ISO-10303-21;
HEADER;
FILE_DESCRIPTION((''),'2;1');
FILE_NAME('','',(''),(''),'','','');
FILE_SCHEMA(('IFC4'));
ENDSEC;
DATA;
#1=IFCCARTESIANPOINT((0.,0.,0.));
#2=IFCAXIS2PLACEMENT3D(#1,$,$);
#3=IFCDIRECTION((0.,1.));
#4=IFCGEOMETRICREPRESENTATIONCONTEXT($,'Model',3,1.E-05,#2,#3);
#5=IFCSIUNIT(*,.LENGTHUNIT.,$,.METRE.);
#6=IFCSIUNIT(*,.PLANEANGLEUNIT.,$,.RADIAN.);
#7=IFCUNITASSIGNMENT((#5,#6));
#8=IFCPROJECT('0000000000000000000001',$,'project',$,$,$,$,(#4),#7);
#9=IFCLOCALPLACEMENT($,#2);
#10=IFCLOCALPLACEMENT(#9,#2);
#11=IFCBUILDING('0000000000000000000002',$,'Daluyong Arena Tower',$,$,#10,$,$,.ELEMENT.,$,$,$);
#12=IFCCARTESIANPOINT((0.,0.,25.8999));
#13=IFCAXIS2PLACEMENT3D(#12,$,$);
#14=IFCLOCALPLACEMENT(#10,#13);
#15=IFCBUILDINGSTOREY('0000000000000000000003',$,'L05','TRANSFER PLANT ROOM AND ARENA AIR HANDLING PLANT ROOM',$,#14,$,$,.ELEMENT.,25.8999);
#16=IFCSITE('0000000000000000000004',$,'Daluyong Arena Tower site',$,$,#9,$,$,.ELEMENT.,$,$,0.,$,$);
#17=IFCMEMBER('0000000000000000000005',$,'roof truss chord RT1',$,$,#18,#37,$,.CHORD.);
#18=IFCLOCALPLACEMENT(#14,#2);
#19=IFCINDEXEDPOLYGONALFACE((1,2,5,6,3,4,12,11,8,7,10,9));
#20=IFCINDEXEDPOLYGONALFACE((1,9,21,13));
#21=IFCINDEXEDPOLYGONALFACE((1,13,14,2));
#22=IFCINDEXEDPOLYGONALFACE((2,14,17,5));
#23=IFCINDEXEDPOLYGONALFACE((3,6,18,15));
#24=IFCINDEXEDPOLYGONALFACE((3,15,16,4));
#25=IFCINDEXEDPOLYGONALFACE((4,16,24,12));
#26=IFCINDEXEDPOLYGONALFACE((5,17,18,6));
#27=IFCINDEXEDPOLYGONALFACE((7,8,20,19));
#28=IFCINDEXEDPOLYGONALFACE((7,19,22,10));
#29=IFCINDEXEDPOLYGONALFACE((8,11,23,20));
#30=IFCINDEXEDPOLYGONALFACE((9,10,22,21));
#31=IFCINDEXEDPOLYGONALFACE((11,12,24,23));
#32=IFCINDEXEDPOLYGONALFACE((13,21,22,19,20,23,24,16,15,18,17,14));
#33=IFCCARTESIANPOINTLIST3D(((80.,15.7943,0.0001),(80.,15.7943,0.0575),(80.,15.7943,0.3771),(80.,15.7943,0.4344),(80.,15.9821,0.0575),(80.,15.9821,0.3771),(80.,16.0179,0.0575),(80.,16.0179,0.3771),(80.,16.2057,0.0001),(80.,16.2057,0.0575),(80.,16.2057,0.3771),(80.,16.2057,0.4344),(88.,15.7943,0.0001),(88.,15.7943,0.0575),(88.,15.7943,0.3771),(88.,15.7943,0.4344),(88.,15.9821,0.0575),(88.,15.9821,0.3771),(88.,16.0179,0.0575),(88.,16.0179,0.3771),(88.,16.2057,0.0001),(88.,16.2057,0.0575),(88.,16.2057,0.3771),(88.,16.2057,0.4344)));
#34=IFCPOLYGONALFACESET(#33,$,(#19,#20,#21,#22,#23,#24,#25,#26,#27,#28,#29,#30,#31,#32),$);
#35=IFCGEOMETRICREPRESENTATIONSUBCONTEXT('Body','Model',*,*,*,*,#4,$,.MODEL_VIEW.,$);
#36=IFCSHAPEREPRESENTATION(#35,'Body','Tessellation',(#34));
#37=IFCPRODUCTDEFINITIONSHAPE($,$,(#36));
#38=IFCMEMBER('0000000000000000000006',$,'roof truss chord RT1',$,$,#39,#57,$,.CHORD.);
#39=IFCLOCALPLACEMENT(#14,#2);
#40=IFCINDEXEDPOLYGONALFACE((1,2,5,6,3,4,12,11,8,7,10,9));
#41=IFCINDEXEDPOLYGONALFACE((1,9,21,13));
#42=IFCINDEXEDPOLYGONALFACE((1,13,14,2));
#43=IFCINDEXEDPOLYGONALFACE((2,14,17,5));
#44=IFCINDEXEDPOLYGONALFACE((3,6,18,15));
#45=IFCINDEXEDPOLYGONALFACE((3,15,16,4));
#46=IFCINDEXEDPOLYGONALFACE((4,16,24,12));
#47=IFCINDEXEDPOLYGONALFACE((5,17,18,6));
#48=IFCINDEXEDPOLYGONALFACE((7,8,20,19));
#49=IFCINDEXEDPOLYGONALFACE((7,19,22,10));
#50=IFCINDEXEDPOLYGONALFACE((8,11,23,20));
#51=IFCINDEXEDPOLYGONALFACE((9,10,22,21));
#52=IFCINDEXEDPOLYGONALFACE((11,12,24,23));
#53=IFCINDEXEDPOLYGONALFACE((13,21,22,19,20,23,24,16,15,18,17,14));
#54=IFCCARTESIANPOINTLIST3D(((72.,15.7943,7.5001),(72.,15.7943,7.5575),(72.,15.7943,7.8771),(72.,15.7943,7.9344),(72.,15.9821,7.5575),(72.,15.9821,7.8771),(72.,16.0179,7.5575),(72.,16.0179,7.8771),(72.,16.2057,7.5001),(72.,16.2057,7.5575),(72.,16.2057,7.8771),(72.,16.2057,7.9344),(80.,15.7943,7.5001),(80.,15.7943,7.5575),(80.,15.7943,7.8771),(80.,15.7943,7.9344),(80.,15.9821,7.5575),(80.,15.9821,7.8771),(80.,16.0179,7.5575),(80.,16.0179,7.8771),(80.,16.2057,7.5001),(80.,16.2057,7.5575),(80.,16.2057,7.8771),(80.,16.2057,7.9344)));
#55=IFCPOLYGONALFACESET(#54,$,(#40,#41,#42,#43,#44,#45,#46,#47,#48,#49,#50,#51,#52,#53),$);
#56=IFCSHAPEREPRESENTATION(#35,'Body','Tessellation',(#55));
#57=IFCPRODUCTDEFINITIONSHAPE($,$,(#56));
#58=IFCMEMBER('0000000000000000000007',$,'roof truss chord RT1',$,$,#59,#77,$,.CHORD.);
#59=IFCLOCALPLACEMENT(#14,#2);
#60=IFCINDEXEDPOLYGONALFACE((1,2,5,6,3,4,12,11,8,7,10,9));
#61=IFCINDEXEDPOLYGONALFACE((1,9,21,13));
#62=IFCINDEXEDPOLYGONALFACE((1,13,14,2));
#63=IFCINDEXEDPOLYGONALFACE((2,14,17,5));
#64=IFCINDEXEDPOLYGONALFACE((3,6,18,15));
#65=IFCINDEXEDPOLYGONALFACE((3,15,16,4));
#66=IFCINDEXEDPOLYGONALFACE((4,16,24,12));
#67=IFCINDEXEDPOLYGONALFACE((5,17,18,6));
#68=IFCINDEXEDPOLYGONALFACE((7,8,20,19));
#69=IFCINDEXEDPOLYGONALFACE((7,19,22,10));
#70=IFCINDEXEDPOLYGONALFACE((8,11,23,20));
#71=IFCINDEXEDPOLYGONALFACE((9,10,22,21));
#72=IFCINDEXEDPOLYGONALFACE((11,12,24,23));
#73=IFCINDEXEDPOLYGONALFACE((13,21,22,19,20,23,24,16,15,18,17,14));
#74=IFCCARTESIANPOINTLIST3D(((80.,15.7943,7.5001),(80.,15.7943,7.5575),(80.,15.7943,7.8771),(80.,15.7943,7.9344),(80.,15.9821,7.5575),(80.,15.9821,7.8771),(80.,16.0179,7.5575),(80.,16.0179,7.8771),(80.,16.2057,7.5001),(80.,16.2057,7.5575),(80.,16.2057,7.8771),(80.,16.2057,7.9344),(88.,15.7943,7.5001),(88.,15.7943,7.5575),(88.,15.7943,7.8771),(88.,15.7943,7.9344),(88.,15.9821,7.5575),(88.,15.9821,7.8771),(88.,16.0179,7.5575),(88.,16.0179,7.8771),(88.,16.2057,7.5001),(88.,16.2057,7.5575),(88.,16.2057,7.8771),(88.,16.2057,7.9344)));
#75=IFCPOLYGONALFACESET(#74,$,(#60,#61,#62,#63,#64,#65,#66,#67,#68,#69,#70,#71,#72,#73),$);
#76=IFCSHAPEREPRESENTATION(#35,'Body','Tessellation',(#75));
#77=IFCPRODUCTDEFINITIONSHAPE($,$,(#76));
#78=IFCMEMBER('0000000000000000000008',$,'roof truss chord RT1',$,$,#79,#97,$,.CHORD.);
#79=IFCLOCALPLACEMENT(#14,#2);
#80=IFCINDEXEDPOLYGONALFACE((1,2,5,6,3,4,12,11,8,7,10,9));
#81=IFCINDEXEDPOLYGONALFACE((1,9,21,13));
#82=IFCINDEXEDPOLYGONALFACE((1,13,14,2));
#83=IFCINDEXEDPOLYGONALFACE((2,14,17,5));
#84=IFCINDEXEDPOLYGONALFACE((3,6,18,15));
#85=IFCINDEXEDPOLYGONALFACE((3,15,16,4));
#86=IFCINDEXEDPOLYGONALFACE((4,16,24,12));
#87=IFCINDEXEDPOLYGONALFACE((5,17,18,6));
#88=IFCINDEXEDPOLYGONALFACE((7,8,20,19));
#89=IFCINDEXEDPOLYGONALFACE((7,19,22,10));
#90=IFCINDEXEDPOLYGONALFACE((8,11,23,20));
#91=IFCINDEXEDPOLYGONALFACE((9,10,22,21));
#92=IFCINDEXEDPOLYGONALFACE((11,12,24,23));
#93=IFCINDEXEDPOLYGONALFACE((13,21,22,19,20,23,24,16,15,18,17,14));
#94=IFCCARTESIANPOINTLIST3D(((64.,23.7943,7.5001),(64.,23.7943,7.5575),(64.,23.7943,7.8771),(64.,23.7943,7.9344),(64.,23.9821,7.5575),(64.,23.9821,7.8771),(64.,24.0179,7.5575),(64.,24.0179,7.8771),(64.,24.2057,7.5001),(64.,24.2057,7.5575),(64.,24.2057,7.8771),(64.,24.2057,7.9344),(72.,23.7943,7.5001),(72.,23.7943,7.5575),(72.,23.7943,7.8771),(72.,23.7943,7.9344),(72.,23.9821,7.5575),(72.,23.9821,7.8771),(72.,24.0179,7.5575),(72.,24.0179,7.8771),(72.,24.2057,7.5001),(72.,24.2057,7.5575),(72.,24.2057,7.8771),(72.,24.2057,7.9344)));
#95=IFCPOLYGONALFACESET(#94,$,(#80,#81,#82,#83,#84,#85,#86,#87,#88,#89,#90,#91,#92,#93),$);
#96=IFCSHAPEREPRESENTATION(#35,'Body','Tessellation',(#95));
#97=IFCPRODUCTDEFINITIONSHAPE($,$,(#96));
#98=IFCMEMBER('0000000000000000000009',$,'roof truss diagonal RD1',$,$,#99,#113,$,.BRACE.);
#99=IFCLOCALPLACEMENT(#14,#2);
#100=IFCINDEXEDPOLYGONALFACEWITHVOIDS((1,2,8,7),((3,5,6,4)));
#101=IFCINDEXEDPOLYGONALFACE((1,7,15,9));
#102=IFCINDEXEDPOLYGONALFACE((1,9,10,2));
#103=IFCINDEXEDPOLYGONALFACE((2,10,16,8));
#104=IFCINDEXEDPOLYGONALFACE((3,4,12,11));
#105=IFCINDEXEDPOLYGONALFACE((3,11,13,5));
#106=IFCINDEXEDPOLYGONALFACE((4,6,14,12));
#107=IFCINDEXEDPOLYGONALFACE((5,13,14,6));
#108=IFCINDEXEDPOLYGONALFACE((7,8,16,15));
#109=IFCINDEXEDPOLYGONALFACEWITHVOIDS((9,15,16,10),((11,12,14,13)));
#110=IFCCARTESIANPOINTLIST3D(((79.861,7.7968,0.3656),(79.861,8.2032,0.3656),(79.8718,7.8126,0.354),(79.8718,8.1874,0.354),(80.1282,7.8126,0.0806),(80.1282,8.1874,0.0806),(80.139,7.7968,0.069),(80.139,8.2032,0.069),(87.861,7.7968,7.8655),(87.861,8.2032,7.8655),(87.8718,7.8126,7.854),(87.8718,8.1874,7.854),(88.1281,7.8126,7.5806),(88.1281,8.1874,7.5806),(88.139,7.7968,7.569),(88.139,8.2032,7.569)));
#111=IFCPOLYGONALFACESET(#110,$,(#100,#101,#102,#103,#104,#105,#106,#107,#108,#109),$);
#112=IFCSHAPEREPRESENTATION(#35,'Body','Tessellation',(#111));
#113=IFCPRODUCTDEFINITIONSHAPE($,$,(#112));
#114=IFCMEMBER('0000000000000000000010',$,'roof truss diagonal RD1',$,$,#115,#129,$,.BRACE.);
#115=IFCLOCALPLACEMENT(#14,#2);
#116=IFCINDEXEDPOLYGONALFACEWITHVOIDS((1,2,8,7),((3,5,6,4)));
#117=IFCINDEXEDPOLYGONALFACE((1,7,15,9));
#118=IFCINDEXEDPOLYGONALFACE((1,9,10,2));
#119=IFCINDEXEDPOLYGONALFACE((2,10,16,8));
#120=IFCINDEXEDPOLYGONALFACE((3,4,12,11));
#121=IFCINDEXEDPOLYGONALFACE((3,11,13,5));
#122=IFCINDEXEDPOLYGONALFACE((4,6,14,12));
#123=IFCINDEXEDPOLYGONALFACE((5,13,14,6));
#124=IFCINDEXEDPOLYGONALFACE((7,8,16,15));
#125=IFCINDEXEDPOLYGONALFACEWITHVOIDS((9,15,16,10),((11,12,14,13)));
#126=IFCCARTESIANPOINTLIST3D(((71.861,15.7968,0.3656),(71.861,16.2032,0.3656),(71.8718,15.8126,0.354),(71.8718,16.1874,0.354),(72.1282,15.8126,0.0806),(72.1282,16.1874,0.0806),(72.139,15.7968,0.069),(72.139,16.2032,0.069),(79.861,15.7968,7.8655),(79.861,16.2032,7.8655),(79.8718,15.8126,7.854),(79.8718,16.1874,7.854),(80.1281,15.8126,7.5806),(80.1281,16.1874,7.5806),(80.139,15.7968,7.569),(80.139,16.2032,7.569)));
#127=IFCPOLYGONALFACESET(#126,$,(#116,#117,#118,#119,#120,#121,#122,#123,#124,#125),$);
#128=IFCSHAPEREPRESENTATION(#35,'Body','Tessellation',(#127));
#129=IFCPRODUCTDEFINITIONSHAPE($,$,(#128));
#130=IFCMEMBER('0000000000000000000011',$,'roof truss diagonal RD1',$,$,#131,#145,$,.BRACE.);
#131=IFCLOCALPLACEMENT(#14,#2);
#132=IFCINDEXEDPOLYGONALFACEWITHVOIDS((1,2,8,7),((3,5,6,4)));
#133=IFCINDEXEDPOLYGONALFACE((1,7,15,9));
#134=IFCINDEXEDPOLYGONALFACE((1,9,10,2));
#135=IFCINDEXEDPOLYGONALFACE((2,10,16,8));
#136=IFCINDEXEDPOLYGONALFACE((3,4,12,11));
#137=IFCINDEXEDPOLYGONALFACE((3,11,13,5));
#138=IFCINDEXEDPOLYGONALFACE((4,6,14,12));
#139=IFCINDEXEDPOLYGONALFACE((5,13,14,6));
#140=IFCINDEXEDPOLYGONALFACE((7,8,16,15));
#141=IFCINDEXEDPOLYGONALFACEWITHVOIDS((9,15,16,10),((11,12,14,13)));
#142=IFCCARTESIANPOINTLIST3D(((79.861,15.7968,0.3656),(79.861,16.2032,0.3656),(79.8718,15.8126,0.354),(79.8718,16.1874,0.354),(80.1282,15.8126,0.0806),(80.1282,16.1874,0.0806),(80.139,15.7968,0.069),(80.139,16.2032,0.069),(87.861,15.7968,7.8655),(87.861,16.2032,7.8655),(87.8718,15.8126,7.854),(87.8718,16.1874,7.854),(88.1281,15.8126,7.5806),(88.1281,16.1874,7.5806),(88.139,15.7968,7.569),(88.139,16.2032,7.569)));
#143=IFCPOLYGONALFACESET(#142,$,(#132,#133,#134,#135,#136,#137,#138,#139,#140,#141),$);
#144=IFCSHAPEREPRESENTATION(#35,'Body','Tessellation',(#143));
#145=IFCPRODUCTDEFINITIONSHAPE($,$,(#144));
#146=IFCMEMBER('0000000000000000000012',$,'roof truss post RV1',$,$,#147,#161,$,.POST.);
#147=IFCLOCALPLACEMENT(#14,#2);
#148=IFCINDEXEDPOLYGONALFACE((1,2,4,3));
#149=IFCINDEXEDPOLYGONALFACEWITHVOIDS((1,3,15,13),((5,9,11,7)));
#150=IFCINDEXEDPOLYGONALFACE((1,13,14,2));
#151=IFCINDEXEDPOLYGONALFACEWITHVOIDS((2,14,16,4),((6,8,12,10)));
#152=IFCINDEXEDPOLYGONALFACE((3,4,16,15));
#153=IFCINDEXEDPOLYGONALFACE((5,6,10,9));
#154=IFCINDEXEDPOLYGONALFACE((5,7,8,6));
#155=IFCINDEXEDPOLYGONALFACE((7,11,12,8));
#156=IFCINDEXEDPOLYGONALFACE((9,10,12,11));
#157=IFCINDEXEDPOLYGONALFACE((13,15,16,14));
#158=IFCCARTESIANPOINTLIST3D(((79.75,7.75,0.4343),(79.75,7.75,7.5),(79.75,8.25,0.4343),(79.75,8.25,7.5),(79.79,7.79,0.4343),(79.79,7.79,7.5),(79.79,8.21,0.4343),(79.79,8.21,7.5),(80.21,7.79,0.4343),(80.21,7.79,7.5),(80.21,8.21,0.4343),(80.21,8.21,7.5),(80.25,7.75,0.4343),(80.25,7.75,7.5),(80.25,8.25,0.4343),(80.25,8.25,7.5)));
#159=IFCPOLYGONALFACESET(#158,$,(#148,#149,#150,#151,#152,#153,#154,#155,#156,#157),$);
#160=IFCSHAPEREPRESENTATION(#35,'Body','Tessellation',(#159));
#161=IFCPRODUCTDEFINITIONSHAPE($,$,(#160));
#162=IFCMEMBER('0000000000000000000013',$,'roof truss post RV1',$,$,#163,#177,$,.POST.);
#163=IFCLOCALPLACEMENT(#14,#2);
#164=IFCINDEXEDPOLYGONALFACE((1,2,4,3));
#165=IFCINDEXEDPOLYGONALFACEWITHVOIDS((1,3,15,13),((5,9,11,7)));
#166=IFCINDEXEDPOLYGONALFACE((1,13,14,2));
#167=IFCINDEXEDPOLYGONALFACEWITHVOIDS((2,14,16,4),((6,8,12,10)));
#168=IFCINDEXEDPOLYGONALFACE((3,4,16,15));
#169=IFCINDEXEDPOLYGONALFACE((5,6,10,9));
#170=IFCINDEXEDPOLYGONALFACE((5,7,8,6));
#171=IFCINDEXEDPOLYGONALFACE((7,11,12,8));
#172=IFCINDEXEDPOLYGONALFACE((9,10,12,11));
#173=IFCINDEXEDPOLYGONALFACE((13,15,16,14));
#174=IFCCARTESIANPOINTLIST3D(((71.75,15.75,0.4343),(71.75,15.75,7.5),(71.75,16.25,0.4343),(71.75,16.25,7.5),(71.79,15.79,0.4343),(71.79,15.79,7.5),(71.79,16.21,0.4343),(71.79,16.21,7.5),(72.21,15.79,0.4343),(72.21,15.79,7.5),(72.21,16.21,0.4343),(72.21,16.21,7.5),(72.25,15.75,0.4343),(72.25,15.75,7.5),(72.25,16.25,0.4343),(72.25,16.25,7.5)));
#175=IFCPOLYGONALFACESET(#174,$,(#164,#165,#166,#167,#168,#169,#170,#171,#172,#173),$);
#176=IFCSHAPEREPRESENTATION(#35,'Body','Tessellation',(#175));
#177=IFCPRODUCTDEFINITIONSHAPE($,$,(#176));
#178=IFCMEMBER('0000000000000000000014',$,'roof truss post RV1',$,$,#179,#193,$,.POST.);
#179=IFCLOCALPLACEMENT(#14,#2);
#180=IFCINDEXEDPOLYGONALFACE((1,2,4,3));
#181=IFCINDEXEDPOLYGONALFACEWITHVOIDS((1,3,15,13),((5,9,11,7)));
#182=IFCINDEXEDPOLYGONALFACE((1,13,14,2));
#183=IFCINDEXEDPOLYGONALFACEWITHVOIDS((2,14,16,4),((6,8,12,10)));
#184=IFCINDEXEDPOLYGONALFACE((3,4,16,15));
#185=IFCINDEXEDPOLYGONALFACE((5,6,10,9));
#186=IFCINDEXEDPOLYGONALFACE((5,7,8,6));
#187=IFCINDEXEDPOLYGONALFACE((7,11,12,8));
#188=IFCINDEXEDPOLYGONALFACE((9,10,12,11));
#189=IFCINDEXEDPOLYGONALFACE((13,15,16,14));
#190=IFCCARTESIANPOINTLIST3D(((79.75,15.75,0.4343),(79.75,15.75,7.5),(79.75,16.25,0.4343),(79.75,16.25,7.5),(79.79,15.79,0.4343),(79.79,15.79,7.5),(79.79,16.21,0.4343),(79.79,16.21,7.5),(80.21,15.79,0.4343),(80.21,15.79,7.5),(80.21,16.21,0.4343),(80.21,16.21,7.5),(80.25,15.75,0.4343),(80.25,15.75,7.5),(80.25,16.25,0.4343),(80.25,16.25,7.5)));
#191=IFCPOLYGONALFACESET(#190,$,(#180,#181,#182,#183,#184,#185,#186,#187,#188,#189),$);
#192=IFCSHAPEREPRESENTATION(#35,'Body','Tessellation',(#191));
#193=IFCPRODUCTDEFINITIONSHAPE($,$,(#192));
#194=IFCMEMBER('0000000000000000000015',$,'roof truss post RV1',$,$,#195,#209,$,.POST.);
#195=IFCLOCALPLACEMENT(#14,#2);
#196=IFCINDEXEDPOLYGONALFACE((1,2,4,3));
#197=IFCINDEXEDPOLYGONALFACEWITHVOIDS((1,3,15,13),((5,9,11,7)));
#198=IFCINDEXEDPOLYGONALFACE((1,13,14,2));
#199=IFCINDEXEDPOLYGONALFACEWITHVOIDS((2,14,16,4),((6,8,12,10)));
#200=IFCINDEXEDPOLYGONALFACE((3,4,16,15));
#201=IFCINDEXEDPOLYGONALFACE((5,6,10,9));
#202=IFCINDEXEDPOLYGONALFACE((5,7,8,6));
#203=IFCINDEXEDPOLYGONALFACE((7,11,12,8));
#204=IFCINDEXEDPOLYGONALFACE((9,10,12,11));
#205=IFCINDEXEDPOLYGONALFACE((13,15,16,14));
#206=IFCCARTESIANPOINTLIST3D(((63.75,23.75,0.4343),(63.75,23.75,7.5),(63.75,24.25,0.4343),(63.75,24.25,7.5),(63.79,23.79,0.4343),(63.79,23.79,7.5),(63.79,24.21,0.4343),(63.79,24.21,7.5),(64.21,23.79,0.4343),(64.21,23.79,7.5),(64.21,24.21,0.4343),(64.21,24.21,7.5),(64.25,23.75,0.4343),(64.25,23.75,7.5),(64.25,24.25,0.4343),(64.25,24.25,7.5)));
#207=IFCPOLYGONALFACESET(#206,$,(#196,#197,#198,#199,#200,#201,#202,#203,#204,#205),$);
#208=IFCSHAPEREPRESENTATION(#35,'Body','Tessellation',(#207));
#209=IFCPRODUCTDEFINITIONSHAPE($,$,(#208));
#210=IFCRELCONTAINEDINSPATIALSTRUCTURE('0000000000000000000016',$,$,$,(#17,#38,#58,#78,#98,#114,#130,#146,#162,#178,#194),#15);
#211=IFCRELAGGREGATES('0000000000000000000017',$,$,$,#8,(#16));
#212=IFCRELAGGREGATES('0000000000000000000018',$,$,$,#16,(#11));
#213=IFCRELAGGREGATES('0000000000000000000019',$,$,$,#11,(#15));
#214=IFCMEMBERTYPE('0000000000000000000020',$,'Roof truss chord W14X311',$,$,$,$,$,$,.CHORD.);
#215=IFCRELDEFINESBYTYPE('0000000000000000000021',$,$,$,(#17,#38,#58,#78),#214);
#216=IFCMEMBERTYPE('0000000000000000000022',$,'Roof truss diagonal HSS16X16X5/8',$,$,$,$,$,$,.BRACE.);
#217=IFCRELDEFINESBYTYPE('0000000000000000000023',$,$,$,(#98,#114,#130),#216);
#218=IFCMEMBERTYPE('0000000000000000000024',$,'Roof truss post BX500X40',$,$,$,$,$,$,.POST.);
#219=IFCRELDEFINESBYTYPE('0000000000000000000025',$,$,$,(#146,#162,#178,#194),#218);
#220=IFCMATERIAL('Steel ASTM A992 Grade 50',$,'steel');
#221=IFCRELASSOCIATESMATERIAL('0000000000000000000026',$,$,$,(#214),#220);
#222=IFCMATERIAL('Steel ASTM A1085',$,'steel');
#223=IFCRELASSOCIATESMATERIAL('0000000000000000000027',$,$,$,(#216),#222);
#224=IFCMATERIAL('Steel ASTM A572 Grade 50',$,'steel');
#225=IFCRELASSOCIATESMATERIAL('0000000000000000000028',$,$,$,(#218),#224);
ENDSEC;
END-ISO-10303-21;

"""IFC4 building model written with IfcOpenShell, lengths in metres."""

from ifc_helpers import new_model, si_unit, direction, frame, origin, origin_2d, place, context, subcontext, project, spatial, hollow_rectangle, i_section, extrude, material, material_profile, profile_set, type_object, element, save


model = new_model("IFC4")

# Units and contexts
model_context = context("Model", 3, precision=1e-05, world=origin(), true_north=direction((0.0, 1.0)))
body_context = subcontext(model_context, "Body", "Model", "MODEL_VIEW")
ifc_project = project(units=[si_unit("LENGTHUNIT", "METRE"), si_unit("PLANEANGLEUNIT", "RADIAN")], contexts=[model_context])

# Site, building, storey
site_placement = place(None, origin())
site = spatial("IfcSite", under=ifc_project, at=site_placement, Name="Daluyong Arena Tower site", CompositionType="ELEMENT", RefElevation=0.0)
building_placement = place(site_placement, origin())
building = spatial("IfcBuilding", under=site, at=building_placement, Name="Daluyong Arena Tower", CompositionType="ELEMENT")
storey_placement = place(building_placement, frame((0.0, 0.0, 25.8999)))
storey = spatial("IfcBuildingStorey", under=building, at=storey_placement, Name="L05", Description="TRANSFER PLANT ROOM AND ARENA AIR HANDLING PLANT ROOM", CompositionType="ELEMENT", Elevation=25.8999)

# Members
ifc_material_1 = material(Name="Steel ASTM A992 Grade 50", Category="steel")
ifc_material_profile_1 = material_profile(ifc_material_1, i_section(OverallWidth=0.4114, OverallDepth=0.4343, WebThickness=0.0359, FlangeThickness=0.0574, at=origin_2d()))
ifc_profile_set_1 = profile_set([ifc_material_profile_1], Name="Steel ASTM A992 Grade 50")
member_type_1 = type_object("IfcMemberType", Name="Roof truss chord W14X311", PredefinedType="CHORD", material=ifc_profile_set_1)
for number, where, z_axis, x_axis, name in (
    (1, (80.0, 16.0, 0.2173), (1.0, 0.0, 0.0), (0.0, 1.0, 0.0), "roof truss chord RT1"),
    (2, (72.0, 16.0, 7.7173), (1.0, 0.0, 0.0), (0.0, 1.0, 0.0), "roof truss chord RT1"),
    (3, (80.0, 16.0, 7.7173), (1.0, 0.0, 0.0), (0.0, 1.0, 0.0), "roof truss chord RT1"),
    (4, (64.0, 24.0, 7.7173), (1.0, 0.0, 0.0), (0.0, 1.0, 0.0), "roof truss chord RT1"),
):
    element("IfcMember", number, at=place(storey_placement, frame(where, z_axis=z_axis, x_axis=x_axis)), inside=storey, type_object=member_type_1, Name=name, PredefinedType="CHORD", context=body_context, shape_type="SweptSolid", body=[
        extrude(i_section(OverallWidth=0.4114, OverallDepth=0.4343, WebThickness=0.0359, FlangeThickness=0.0574, at=origin_2d()), origin(), (0.0, 0.0, 1.0), 8.0),
    ])
ifc_material_2 = material(Name="Steel ASTM A1085", Category="steel")
ifc_material_profile_2 = material_profile(ifc_material_2, hollow_rectangle(XDim=0.4065, YDim=0.4065, WallThickness=0.0159, at=origin_2d()))
ifc_profile_set_2 = profile_set([ifc_material_profile_2], Name="Steel ASTM A1085")
member_type_2 = type_object("IfcMemberType", Name="Roof truss diagonal HSS16X16X5/8", PredefinedType="BRACE", material=ifc_profile_set_2)
for number, where, z_axis, x_axis, name in (
    (5, (80.0, 8.0, 0.2173), (0.729537, 0.0, 0.683941), (0.0, 1.0, 0.0), "roof truss diagonal RD1"),
    (6, (72.0, 16.0, 0.2173), (0.729537, 0.0, 0.683941), (0.0, 1.0, 0.0), "roof truss diagonal RD1"),
    (7, (80.0, 16.0, 0.2173), (0.729537, 0.0, 0.683941), (0.0, 1.0, 0.0), "roof truss diagonal RD1"),
):
    element("IfcMember", number, at=place(storey_placement, frame(where, z_axis=z_axis, x_axis=x_axis)), inside=storey, type_object=member_type_2, Name=name, PredefinedType="BRACE", context=body_context, shape_type="SweptSolid", body=[
        extrude(hollow_rectangle(XDim=0.4065, YDim=0.4065, WallThickness=0.0159, at=origin_2d()), origin(), (0.0, 0.0, 1.0), 10.9658),
    ])
ifc_material_3 = material(Name="Steel ASTM A572 Grade 50", Category="steel")
ifc_material_profile_3 = material_profile(ifc_material_3, hollow_rectangle(XDim=0.5, YDim=0.5, WallThickness=0.04, at=origin_2d()))
ifc_profile_set_3 = profile_set([ifc_material_profile_3], Name="Steel ASTM A572 Grade 50")
member_type_3 = type_object("IfcMemberType", Name="Roof truss post BX500X40", PredefinedType="POST", material=ifc_profile_set_3)
for number, where, z_axis, x_axis, name in (
    (8, (80.0, 8.0, 0.4343), (0.0, 0.0, 1.0), (1.0, 0.0, 0.0), "roof truss post RV1"),
    (9, (72.0, 16.0, 0.4343), (0.0, 0.0, 1.0), (1.0, 0.0, 0.0), "roof truss post RV1"),
    (10, (80.0, 16.0, 0.4343), (0.0, 0.0, 1.0), (1.0, 0.0, 0.0), "roof truss post RV1"),
    (11, (64.0, 24.0, 0.4343), (0.0, 0.0, 1.0), (1.0, 0.0, 0.0), "roof truss post RV1"),
):
    element("IfcMember", number, at=place(storey_placement, frame(where, z_axis=z_axis, x_axis=x_axis)), inside=storey, type_object=member_type_3, Name=name, PredefinedType="POST", context=body_context, shape_type="SweptSolid", body=[
        extrude(hollow_rectangle(XDim=0.5, YDim=0.5, WallThickness=0.04, at=origin_2d()), origin(), (0.0, 0.0, 1.0), 7.0657),
    ])

save(model, "model.ifc")
